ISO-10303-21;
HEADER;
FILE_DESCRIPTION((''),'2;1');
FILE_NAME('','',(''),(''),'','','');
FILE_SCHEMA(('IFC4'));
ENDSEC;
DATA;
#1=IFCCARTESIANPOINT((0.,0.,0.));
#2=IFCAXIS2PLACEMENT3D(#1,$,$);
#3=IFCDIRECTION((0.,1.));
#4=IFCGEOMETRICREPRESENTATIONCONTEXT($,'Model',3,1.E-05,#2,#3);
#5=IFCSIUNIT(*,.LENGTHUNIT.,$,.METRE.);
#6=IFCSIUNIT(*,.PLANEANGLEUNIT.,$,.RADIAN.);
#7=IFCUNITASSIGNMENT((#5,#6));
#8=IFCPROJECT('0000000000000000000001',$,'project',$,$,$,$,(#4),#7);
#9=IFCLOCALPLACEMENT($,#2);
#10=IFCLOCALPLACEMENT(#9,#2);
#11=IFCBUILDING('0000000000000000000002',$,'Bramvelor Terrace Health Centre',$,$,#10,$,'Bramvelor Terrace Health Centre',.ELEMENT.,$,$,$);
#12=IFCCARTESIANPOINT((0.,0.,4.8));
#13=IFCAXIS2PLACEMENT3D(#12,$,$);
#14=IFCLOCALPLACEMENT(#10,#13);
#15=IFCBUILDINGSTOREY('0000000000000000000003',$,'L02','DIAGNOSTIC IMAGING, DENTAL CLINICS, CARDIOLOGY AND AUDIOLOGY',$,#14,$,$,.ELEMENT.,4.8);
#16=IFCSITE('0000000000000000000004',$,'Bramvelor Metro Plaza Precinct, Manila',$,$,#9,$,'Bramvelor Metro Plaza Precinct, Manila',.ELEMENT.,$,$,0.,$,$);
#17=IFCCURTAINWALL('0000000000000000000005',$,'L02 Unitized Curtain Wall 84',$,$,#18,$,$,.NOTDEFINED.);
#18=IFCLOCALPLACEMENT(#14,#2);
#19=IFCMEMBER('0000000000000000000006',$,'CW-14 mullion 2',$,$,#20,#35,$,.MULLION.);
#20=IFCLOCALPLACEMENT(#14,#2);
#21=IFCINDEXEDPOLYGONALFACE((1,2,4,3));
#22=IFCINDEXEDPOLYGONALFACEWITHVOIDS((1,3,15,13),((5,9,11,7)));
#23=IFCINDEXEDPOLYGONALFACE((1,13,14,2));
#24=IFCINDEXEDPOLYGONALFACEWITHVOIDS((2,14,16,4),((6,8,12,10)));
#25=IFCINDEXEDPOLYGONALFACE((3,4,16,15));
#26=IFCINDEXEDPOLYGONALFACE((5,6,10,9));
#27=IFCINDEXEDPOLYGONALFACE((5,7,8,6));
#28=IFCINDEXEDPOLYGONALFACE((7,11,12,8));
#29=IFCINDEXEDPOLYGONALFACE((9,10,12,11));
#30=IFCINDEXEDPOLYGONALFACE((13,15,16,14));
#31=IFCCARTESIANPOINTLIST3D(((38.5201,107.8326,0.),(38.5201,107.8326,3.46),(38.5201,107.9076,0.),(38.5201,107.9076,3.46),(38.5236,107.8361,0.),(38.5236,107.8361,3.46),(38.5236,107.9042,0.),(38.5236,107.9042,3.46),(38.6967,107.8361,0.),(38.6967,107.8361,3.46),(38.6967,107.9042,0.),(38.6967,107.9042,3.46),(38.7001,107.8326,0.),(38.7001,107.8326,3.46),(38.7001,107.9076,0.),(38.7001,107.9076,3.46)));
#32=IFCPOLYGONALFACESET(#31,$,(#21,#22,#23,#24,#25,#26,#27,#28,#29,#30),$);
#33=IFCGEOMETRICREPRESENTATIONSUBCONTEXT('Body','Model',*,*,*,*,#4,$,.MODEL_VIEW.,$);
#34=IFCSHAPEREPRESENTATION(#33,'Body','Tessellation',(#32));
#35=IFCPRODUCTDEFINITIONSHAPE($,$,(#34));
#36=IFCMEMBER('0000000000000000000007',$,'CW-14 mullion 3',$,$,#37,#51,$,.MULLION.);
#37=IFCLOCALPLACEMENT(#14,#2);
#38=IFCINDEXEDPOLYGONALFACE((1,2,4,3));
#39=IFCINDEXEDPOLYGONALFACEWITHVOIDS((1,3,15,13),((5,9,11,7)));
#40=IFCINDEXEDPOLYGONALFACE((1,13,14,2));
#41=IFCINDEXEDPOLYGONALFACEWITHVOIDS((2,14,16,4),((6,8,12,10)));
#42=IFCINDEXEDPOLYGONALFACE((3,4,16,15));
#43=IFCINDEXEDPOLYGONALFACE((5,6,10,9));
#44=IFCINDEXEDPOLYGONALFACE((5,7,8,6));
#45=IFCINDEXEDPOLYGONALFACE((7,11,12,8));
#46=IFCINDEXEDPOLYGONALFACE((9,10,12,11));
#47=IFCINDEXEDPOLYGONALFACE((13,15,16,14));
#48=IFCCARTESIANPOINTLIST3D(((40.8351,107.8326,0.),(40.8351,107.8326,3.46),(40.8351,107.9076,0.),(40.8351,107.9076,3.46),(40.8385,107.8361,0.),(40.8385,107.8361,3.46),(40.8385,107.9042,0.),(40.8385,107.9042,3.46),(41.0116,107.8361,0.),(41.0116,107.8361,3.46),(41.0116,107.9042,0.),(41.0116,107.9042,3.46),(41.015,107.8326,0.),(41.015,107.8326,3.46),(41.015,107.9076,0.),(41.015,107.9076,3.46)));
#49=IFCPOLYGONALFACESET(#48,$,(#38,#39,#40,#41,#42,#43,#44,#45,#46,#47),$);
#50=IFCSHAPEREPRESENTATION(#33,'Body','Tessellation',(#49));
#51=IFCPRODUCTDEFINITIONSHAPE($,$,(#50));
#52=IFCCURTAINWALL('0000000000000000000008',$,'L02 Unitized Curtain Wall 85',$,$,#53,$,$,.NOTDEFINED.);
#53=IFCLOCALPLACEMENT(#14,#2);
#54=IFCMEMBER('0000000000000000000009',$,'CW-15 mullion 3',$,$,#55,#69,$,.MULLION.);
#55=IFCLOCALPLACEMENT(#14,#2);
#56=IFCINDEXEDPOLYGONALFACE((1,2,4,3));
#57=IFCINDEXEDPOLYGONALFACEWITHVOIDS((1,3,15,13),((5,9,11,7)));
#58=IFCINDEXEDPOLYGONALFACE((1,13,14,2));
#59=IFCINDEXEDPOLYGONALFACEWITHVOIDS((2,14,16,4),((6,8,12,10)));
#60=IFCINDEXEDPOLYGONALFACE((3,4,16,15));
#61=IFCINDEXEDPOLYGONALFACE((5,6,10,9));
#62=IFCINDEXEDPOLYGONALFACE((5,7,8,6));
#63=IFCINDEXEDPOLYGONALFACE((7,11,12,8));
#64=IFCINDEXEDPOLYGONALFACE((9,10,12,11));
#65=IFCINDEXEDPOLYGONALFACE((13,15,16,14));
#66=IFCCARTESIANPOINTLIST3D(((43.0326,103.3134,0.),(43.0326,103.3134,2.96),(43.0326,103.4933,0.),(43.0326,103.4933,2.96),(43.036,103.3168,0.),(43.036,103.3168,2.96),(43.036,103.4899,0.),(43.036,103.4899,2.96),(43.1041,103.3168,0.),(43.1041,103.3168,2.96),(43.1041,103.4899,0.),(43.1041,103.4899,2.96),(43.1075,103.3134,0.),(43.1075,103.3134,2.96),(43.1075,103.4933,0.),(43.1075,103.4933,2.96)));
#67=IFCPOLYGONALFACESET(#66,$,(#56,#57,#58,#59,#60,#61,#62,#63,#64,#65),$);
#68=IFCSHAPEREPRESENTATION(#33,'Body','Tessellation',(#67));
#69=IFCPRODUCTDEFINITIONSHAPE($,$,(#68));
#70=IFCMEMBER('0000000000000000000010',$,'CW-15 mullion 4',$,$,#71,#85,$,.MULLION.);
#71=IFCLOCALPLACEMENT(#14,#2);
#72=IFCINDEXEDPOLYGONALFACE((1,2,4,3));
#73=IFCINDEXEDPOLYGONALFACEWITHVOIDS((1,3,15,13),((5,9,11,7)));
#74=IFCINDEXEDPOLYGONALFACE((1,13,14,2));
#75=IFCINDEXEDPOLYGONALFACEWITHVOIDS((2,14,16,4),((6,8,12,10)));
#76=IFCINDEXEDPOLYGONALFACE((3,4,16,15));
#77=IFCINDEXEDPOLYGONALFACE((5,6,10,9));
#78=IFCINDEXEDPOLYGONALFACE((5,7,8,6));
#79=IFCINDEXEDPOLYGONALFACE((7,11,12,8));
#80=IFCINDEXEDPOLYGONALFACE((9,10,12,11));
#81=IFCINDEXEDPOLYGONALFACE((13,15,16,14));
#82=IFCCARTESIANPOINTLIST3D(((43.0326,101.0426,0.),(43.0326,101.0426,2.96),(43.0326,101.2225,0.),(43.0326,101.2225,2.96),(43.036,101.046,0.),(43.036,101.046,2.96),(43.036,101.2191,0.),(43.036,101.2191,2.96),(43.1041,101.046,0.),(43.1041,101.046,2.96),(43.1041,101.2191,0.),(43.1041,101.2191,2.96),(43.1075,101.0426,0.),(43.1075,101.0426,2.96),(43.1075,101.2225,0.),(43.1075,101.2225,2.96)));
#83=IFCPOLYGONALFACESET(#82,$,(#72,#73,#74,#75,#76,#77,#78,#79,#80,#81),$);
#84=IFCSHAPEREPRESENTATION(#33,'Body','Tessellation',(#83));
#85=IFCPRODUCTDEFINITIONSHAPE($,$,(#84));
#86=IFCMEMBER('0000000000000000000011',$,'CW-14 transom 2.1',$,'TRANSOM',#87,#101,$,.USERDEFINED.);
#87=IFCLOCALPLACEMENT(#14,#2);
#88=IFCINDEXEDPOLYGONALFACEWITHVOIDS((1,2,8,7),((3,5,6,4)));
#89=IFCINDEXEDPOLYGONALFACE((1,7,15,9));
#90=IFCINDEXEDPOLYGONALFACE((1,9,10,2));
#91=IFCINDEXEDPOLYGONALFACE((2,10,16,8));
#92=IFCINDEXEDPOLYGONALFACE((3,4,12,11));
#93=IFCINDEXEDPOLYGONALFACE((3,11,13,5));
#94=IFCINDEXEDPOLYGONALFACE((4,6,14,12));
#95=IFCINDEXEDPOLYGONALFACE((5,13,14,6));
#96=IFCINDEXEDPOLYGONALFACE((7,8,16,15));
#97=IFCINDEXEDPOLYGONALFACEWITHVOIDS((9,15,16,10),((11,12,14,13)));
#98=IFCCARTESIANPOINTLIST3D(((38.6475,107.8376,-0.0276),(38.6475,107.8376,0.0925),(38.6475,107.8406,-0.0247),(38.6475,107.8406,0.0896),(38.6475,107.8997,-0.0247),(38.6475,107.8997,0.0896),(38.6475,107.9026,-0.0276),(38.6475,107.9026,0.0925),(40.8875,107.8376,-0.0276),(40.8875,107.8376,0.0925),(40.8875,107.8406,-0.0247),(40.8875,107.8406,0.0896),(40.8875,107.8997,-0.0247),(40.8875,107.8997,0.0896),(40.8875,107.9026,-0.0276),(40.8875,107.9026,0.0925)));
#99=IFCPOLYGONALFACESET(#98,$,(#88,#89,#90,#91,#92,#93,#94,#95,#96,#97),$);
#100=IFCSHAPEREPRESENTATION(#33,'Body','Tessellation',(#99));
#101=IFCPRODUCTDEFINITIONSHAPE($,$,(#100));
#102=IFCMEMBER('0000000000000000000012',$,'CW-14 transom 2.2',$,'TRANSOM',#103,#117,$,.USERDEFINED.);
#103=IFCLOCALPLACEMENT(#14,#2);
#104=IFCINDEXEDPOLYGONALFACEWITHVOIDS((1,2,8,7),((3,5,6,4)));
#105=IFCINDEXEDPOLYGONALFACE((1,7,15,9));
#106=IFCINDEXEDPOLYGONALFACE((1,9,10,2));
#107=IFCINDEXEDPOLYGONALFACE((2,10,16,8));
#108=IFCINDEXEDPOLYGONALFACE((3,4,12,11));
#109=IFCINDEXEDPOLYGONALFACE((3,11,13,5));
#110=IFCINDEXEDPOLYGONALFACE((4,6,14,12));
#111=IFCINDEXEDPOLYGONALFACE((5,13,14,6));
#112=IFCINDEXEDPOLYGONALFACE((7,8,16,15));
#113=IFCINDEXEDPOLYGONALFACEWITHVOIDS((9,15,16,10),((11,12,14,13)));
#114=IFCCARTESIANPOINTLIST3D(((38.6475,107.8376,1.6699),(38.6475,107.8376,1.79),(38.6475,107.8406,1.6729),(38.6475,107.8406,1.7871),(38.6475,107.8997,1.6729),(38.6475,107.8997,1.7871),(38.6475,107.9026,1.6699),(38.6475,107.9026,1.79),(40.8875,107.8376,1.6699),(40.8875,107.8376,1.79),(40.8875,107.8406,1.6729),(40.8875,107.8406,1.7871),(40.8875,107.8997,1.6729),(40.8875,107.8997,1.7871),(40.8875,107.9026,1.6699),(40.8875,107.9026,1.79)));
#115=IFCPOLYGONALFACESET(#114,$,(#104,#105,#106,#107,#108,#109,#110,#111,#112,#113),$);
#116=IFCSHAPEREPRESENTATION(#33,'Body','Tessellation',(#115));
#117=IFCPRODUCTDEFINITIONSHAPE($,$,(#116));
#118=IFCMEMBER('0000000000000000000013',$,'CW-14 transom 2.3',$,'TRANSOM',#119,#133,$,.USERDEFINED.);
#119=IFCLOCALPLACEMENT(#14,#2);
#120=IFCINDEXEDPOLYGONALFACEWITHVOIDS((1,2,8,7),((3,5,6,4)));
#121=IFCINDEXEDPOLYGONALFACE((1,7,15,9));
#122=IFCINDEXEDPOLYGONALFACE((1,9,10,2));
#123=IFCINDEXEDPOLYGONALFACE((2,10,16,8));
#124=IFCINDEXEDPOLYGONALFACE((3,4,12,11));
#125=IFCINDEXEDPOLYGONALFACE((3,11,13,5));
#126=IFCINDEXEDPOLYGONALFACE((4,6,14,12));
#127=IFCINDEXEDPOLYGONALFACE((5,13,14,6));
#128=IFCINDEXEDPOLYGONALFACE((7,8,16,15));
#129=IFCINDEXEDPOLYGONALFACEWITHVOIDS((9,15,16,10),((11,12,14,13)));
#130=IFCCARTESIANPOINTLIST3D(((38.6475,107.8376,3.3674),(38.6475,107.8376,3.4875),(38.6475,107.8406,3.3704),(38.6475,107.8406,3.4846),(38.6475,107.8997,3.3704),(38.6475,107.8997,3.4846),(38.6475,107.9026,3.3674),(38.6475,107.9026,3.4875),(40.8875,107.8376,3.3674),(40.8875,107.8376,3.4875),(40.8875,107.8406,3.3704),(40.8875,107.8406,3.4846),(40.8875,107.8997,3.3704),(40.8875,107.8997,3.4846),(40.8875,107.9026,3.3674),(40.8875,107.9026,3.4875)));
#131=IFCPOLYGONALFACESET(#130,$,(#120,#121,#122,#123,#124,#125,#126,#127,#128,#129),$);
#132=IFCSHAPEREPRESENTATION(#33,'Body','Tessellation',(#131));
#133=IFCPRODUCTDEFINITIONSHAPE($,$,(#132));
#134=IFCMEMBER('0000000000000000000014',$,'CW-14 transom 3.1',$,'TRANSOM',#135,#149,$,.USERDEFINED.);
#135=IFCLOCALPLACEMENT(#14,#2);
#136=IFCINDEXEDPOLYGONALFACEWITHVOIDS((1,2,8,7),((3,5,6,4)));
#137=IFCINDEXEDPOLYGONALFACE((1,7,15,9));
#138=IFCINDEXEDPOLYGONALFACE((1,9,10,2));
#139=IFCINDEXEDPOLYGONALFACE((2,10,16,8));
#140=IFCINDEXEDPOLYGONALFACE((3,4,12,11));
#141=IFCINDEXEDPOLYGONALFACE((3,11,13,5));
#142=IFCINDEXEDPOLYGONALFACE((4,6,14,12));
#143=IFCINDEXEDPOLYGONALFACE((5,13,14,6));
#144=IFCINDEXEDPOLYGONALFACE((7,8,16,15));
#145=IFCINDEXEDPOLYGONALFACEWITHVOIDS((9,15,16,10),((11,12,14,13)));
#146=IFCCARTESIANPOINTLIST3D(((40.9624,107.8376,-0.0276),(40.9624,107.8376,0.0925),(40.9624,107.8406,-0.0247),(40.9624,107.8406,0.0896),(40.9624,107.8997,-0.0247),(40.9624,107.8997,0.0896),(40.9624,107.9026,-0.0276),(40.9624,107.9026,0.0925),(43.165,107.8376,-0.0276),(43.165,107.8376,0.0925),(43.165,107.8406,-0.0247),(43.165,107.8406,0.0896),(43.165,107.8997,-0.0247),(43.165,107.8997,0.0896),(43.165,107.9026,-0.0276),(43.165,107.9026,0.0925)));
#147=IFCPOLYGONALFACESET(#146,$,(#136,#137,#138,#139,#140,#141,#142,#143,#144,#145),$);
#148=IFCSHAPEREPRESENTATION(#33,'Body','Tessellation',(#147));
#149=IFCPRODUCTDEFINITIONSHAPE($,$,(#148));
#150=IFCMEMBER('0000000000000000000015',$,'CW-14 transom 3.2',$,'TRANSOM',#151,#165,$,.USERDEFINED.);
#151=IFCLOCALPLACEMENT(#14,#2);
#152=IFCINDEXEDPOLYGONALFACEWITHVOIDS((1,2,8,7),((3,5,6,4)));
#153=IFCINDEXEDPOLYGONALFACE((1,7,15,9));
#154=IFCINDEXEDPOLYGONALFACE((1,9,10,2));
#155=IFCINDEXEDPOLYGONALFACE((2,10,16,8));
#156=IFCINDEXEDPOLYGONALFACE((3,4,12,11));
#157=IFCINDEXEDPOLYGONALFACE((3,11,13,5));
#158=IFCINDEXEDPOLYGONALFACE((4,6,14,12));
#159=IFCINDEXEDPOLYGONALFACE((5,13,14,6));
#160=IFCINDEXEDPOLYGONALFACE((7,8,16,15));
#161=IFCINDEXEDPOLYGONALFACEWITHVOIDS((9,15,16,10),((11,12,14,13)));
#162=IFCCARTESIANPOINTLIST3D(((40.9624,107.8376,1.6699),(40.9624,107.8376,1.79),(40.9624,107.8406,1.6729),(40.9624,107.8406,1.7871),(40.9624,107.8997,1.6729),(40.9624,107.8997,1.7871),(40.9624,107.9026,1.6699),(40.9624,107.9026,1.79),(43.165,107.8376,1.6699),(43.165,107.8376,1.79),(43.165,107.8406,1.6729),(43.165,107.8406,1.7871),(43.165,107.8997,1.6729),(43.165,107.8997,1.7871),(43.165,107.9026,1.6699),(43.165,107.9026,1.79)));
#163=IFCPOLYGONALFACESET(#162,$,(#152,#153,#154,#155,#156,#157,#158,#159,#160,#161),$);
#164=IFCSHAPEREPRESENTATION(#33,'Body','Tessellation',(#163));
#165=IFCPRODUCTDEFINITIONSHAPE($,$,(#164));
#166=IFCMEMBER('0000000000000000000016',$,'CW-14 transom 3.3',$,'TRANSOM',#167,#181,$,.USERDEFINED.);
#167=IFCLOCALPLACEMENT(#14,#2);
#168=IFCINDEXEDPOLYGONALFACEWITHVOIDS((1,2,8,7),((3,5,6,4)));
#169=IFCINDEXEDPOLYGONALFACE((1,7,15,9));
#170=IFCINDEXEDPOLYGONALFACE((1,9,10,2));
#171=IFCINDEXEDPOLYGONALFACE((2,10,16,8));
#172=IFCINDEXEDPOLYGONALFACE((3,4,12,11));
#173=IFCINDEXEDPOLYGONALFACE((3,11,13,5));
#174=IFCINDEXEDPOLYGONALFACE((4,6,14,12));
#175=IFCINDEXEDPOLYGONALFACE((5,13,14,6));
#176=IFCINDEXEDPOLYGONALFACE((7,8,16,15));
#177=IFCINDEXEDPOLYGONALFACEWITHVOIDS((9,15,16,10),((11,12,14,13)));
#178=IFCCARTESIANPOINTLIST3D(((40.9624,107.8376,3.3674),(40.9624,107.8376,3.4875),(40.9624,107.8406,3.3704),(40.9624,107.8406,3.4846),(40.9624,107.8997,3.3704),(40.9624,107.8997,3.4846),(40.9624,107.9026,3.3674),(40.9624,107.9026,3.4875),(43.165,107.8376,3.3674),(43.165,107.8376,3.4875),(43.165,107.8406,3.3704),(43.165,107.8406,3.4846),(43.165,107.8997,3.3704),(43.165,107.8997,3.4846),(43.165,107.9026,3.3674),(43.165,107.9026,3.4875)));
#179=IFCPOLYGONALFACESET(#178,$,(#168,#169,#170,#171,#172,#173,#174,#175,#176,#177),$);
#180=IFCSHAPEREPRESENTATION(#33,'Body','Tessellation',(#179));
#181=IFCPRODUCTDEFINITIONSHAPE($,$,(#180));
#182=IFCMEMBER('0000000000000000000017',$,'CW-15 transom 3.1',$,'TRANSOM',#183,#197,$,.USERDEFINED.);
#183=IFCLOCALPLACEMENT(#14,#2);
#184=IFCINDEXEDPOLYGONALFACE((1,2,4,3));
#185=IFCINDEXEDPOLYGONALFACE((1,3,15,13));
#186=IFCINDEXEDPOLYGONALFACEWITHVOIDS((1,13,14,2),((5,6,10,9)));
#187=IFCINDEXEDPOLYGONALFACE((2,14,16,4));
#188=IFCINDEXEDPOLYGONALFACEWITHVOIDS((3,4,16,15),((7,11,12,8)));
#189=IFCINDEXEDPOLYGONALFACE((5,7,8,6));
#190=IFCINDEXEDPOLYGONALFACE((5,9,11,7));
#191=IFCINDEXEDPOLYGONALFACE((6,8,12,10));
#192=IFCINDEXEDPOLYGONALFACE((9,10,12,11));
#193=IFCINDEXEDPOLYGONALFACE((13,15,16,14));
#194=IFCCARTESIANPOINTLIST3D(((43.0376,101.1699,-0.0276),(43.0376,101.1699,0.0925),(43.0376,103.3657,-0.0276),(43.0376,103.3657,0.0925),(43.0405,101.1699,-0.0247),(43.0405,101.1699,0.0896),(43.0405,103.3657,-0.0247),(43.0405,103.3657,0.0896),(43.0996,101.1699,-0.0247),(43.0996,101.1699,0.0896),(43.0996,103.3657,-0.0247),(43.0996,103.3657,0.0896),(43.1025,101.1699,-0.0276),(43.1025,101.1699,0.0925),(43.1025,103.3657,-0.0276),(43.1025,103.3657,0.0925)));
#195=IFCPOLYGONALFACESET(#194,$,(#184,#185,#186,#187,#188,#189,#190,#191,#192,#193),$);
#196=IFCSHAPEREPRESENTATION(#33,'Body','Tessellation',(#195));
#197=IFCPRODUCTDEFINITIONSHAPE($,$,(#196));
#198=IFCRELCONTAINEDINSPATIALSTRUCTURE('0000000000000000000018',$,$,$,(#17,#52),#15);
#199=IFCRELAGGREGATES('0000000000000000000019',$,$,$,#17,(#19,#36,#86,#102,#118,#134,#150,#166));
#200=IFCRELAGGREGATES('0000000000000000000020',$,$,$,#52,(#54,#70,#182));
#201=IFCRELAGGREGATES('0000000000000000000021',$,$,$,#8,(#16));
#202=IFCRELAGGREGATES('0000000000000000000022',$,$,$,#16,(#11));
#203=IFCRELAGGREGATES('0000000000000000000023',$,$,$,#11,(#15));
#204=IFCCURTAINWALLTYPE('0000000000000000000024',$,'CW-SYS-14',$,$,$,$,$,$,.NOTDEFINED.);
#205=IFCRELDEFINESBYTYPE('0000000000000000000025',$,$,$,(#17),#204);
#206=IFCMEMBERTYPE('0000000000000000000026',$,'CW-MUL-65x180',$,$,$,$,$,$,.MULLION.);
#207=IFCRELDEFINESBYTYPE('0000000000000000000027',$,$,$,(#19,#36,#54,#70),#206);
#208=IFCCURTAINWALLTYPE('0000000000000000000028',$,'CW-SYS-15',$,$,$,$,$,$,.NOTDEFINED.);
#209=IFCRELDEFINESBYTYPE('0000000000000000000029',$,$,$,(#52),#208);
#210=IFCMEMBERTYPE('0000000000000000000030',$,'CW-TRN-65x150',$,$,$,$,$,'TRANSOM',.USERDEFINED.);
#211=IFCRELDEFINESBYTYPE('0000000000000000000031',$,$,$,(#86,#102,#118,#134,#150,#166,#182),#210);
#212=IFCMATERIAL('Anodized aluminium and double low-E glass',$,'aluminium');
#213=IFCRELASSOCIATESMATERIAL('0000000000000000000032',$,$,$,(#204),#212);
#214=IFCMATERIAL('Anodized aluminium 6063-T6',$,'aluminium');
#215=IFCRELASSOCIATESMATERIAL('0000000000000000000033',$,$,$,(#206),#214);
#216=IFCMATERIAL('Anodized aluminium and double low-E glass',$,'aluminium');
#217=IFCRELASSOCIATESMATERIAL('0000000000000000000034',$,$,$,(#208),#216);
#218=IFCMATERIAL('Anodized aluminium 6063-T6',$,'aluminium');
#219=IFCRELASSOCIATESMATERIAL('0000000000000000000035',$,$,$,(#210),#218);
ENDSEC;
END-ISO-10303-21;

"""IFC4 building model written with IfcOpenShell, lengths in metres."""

from ifc_helpers import new_model, si_unit, direction, frame, origin, origin_2d, place, context, subcontext, project, spatial, hollow_rectangle, extrude, material, material_profile, profile_set, type_object, element, aggregate, save


model = new_model("IFC4")

# Units and contexts
model_context = context("Model", 3, precision=1e-05, world=origin(), true_north=direction((0.0, 1.0)))
body_context = subcontext(model_context, "Body", "Model", "MODEL_VIEW")
ifc_project = project(units=[si_unit("LENGTHUNIT", "METRE"), si_unit("PLANEANGLEUNIT", "RADIAN")], contexts=[model_context])

# Site, building, storey
site_placement = place(None, origin())
site = spatial("IfcSite", under=ifc_project, at=site_placement, Name="Bramvelor Metro Plaza Precinct, Manila", LongName="Bramvelor Metro Plaza Precinct, Manila", CompositionType="ELEMENT", RefElevation=0.0)
building_placement = place(site_placement, origin())
building = spatial("IfcBuilding", under=site, at=building_placement, Name="Bramvelor Terrace Health Centre", LongName="Bramvelor Terrace Health Centre", CompositionType="ELEMENT")
storey_placement = place(building_placement, frame((0.0, 0.0, 4.8)))
storey = spatial("IfcBuildingStorey", under=building, at=storey_placement, Name="L02", Description="DIAGNOSTIC IMAGING, DENTAL CLINICS, CARDIOLOGY AND AUDIOLOGY", CompositionType="ELEMENT", Elevation=4.8)

# Curtain walls, members
ifc_material_1 = material(Name="Anodized aluminium and double low-E glass", Category="aluminium")
curtain_wall_type_1 = type_object("IfcCurtainWallType", Name="CW-SYS-14", PredefinedType="NOTDEFINED", material=ifc_material_1)
curtain_wall_1_placement = place(storey_placement, origin())
curtain_wall_1 = element("IfcCurtainWall", 1, at=curtain_wall_1_placement, inside=storey, type_object=curtain_wall_type_1, Name="L02 Unitized Curtain Wall 84", PredefinedType="NOTDEFINED")
ifc_material_2 = material(Name="Anodized aluminium 6063-T6", Category="aluminium")
ifc_material_profile_1 = material_profile(ifc_material_2, hollow_rectangle(XDim=0.075, YDim=0.1799, WallThickness=0.0034, at=origin_2d()), Name="ALU-MUL 75x180x3.5")
ifc_profile_set_1 = profile_set([ifc_material_profile_1], Name="Anodized aluminium 6063-T6")
member_type_1 = type_object("IfcMemberType", Name="CW-MUL-65x180", PredefinedType="MULLION", material=ifc_profile_set_1)
member_1_placement = place(storey_placement, frame((38.6101, 107.8701, 0.0), z_axis=(0.0, 0.0, 1.0), x_axis=(0.0, 1.0, 0.0)))
member_1 = element("IfcMember", 2, at=member_1_placement, type_object=member_type_1, Name="CW-14 mullion 2", PredefinedType="MULLION", context=body_context, shape_type="SweptSolid", body=[
    extrude(hollow_rectangle(XDim=0.075, YDim=0.1799, WallThickness=0.0034, at=origin_2d()), origin(), (0.0, 0.0, 1.0), 3.46),
])
member_2_placement = place(storey_placement, frame((40.925, 107.8701, 0.0), z_axis=(0.0, 0.0, 1.0), x_axis=(0.0, 1.0, 0.0)))
member_2 = element("IfcMember", 3, at=member_2_placement, type_object=member_type_1, Name="CW-14 mullion 3", PredefinedType="MULLION", context=body_context, shape_type="SweptSolid", body=[
    extrude(hollow_rectangle(XDim=0.075, YDim=0.1799, WallThickness=0.0034, at=origin_2d()), origin(), (0.0, 0.0, 1.0), 3.46),
])
ifc_material_3 = material(Name="Anodized aluminium and double low-E glass", Category="aluminium")
curtain_wall_type_2 = type_object("IfcCurtainWallType", Name="CW-SYS-15", PredefinedType="NOTDEFINED", material=ifc_material_3)
curtain_wall_2_placement = place(storey_placement, origin())
curtain_wall_2 = element("IfcCurtainWall", 4, at=curtain_wall_2_placement, inside=storey, type_object=curtain_wall_type_2, Name="L02 Unitized Curtain Wall 85", PredefinedType="NOTDEFINED")
member_3_placement = place(storey_placement, frame((43.0701, 103.4033, 0.0), z_axis=(0.0, 0.0, 1.0), x_axis=(1.0, 0.0, 0.0)))
member_3 = element("IfcMember", 5, at=member_3_placement, type_object=member_type_1, Name="CW-15 mullion 3", PredefinedType="MULLION", context=body_context, shape_type="SweptSolid", body=[
    extrude(hollow_rectangle(XDim=0.075, YDim=0.1799, WallThickness=0.0034, at=origin_2d()), origin(), (0.0, 0.0, 1.0), 2.96),
])
member_4_placement = place(storey_placement, frame((43.0701, 101.1326, 0.0), z_axis=(0.0, 0.0, 1.0), x_axis=(1.0, 0.0, 0.0)))
member_4 = element("IfcMember", 6, at=member_4_placement, type_object=member_type_1, Name="CW-15 mullion 4", PredefinedType="MULLION", context=body_context, shape_type="SweptSolid", body=[
    extrude(hollow_rectangle(XDim=0.075, YDim=0.1799, WallThickness=0.0034, at=origin_2d()), origin(), (0.0, 0.0, 1.0), 2.96),
])

# Members
ifc_material_4 = material(Name="Anodized aluminium 6063-T6", Category="aluminium")
ifc_material_profile_2 = material_profile(ifc_material_4, hollow_rectangle(XDim=0.0649, YDim=0.1201, WallThickness=0.0029, at=origin_2d()), Name="ALU-TRN 65x120x3.0")
ifc_profile_set_2 = profile_set([ifc_material_profile_2], Name="Anodized aluminium 6063-T6")
member_type_2 = type_object("IfcMemberType", Name="CW-TRN-65x150", ElementType="TRANSOM", PredefinedType="USERDEFINED", material=ifc_profile_set_2)
member_5_placement = place(storey_placement, frame((38.6475, 107.8701, 0.0325), z_axis=(1.0, 0.0, 0.0), x_axis=(0.0, 1.0, 0.0)))
member_5 = element("IfcMember", 7, at=member_5_placement, type_object=member_type_2, Name="CW-14 transom 2.1", ObjectType="TRANSOM", PredefinedType="USERDEFINED", context=body_context, shape_type="SweptSolid", body=[
    extrude(hollow_rectangle(XDim=0.0649, YDim=0.1201, WallThickness=0.0029, at=origin_2d()), origin(), (0.0, 0.0, 1.0), 2.24),
])
member_6_placement = place(storey_placement, frame((38.6475, 107.8701, 1.73), z_axis=(1.0, 0.0, 0.0), x_axis=(0.0, 1.0, 0.0)))
member_6 = element("IfcMember", 8, at=member_6_placement, type_object=member_type_2, Name="CW-14 transom 2.2", ObjectType="TRANSOM", PredefinedType="USERDEFINED", context=body_context, shape_type="SweptSolid", body=[
    extrude(hollow_rectangle(XDim=0.0649, YDim=0.1201, WallThickness=0.0029, at=origin_2d()), origin(), (0.0, 0.0, 1.0), 2.24),
])
member_7_placement = place(storey_placement, frame((38.6475, 107.8701, 3.4275), z_axis=(1.0, 0.0, 0.0), x_axis=(0.0, 1.0, 0.0)))
member_7 = element("IfcMember", 9, at=member_7_placement, type_object=member_type_2, Name="CW-14 transom 2.3", ObjectType="TRANSOM", PredefinedType="USERDEFINED", context=body_context, shape_type="SweptSolid", body=[
    extrude(hollow_rectangle(XDim=0.0649, YDim=0.1201, WallThickness=0.0029, at=origin_2d()), origin(), (0.0, 0.0, 1.0), 2.24),
])
member_8_placement = place(storey_placement, frame((40.9624, 107.8701, 0.0325), z_axis=(1.0, 0.0, 0.0), x_axis=(0.0, 1.0, 0.0)))
member_8 = element("IfcMember", 10, at=member_8_placement, type_object=member_type_2, Name="CW-14 transom 3.1", ObjectType="TRANSOM", PredefinedType="USERDEFINED", context=body_context, shape_type="SweptSolid", body=[
    extrude(hollow_rectangle(XDim=0.0649, YDim=0.1201, WallThickness=0.0029, at=origin_2d()), origin(), (0.0, 0.0, 1.0), 2.2026),
])
member_9_placement = place(storey_placement, frame((40.9624, 107.8701, 1.73), z_axis=(1.0, 0.0, 0.0), x_axis=(0.0, 1.0, 0.0)))
member_9 = element("IfcMember", 11, at=member_9_placement, type_object=member_type_2, Name="CW-14 transom 3.2", ObjectType="TRANSOM", PredefinedType="USERDEFINED", context=body_context, shape_type="SweptSolid", body=[
    extrude(hollow_rectangle(XDim=0.0649, YDim=0.1201, WallThickness=0.0029, at=origin_2d()), origin(), (0.0, 0.0, 1.0), 2.2026),
])
member_10_placement = place(storey_placement, frame((40.9624, 107.8701, 3.4275), z_axis=(1.0, 0.0, 0.0), x_axis=(0.0, 1.0, 0.0)))
member_10 = element("IfcMember", 12, at=member_10_placement, type_object=member_type_2, Name="CW-14 transom 3.3", ObjectType="TRANSOM", PredefinedType="USERDEFINED", context=body_context, shape_type="SweptSolid", body=[
    extrude(hollow_rectangle(XDim=0.0649, YDim=0.1201, WallThickness=0.0029, at=origin_2d()), origin(), (0.0, 0.0, 1.0), 2.2026),
])
member_11_placement = place(storey_placement, frame((43.0701, 103.3657, 0.0325), z_axis=(0.0, -1.0, 0.0), x_axis=(1.0, 0.0, 0.0)))
member_11 = element("IfcMember", 13, at=member_11_placement, type_object=member_type_2, Name="CW-15 transom 3.1", ObjectType="TRANSOM", PredefinedType="USERDEFINED", context=body_context, shape_type="SweptSolid", body=[
    extrude(hollow_rectangle(XDim=0.0649, YDim=0.1201, WallThickness=0.0029, at=origin_2d()), origin(), (0.0, 0.0, 1.0), 2.1958),
])

aggregate(curtain_wall_1, [member_1, member_2, member_5, member_6, member_7, member_8, member_9, member_10])
aggregate(curtain_wall_2, [member_3, member_4, member_11])

save(model, "model.ifc")
